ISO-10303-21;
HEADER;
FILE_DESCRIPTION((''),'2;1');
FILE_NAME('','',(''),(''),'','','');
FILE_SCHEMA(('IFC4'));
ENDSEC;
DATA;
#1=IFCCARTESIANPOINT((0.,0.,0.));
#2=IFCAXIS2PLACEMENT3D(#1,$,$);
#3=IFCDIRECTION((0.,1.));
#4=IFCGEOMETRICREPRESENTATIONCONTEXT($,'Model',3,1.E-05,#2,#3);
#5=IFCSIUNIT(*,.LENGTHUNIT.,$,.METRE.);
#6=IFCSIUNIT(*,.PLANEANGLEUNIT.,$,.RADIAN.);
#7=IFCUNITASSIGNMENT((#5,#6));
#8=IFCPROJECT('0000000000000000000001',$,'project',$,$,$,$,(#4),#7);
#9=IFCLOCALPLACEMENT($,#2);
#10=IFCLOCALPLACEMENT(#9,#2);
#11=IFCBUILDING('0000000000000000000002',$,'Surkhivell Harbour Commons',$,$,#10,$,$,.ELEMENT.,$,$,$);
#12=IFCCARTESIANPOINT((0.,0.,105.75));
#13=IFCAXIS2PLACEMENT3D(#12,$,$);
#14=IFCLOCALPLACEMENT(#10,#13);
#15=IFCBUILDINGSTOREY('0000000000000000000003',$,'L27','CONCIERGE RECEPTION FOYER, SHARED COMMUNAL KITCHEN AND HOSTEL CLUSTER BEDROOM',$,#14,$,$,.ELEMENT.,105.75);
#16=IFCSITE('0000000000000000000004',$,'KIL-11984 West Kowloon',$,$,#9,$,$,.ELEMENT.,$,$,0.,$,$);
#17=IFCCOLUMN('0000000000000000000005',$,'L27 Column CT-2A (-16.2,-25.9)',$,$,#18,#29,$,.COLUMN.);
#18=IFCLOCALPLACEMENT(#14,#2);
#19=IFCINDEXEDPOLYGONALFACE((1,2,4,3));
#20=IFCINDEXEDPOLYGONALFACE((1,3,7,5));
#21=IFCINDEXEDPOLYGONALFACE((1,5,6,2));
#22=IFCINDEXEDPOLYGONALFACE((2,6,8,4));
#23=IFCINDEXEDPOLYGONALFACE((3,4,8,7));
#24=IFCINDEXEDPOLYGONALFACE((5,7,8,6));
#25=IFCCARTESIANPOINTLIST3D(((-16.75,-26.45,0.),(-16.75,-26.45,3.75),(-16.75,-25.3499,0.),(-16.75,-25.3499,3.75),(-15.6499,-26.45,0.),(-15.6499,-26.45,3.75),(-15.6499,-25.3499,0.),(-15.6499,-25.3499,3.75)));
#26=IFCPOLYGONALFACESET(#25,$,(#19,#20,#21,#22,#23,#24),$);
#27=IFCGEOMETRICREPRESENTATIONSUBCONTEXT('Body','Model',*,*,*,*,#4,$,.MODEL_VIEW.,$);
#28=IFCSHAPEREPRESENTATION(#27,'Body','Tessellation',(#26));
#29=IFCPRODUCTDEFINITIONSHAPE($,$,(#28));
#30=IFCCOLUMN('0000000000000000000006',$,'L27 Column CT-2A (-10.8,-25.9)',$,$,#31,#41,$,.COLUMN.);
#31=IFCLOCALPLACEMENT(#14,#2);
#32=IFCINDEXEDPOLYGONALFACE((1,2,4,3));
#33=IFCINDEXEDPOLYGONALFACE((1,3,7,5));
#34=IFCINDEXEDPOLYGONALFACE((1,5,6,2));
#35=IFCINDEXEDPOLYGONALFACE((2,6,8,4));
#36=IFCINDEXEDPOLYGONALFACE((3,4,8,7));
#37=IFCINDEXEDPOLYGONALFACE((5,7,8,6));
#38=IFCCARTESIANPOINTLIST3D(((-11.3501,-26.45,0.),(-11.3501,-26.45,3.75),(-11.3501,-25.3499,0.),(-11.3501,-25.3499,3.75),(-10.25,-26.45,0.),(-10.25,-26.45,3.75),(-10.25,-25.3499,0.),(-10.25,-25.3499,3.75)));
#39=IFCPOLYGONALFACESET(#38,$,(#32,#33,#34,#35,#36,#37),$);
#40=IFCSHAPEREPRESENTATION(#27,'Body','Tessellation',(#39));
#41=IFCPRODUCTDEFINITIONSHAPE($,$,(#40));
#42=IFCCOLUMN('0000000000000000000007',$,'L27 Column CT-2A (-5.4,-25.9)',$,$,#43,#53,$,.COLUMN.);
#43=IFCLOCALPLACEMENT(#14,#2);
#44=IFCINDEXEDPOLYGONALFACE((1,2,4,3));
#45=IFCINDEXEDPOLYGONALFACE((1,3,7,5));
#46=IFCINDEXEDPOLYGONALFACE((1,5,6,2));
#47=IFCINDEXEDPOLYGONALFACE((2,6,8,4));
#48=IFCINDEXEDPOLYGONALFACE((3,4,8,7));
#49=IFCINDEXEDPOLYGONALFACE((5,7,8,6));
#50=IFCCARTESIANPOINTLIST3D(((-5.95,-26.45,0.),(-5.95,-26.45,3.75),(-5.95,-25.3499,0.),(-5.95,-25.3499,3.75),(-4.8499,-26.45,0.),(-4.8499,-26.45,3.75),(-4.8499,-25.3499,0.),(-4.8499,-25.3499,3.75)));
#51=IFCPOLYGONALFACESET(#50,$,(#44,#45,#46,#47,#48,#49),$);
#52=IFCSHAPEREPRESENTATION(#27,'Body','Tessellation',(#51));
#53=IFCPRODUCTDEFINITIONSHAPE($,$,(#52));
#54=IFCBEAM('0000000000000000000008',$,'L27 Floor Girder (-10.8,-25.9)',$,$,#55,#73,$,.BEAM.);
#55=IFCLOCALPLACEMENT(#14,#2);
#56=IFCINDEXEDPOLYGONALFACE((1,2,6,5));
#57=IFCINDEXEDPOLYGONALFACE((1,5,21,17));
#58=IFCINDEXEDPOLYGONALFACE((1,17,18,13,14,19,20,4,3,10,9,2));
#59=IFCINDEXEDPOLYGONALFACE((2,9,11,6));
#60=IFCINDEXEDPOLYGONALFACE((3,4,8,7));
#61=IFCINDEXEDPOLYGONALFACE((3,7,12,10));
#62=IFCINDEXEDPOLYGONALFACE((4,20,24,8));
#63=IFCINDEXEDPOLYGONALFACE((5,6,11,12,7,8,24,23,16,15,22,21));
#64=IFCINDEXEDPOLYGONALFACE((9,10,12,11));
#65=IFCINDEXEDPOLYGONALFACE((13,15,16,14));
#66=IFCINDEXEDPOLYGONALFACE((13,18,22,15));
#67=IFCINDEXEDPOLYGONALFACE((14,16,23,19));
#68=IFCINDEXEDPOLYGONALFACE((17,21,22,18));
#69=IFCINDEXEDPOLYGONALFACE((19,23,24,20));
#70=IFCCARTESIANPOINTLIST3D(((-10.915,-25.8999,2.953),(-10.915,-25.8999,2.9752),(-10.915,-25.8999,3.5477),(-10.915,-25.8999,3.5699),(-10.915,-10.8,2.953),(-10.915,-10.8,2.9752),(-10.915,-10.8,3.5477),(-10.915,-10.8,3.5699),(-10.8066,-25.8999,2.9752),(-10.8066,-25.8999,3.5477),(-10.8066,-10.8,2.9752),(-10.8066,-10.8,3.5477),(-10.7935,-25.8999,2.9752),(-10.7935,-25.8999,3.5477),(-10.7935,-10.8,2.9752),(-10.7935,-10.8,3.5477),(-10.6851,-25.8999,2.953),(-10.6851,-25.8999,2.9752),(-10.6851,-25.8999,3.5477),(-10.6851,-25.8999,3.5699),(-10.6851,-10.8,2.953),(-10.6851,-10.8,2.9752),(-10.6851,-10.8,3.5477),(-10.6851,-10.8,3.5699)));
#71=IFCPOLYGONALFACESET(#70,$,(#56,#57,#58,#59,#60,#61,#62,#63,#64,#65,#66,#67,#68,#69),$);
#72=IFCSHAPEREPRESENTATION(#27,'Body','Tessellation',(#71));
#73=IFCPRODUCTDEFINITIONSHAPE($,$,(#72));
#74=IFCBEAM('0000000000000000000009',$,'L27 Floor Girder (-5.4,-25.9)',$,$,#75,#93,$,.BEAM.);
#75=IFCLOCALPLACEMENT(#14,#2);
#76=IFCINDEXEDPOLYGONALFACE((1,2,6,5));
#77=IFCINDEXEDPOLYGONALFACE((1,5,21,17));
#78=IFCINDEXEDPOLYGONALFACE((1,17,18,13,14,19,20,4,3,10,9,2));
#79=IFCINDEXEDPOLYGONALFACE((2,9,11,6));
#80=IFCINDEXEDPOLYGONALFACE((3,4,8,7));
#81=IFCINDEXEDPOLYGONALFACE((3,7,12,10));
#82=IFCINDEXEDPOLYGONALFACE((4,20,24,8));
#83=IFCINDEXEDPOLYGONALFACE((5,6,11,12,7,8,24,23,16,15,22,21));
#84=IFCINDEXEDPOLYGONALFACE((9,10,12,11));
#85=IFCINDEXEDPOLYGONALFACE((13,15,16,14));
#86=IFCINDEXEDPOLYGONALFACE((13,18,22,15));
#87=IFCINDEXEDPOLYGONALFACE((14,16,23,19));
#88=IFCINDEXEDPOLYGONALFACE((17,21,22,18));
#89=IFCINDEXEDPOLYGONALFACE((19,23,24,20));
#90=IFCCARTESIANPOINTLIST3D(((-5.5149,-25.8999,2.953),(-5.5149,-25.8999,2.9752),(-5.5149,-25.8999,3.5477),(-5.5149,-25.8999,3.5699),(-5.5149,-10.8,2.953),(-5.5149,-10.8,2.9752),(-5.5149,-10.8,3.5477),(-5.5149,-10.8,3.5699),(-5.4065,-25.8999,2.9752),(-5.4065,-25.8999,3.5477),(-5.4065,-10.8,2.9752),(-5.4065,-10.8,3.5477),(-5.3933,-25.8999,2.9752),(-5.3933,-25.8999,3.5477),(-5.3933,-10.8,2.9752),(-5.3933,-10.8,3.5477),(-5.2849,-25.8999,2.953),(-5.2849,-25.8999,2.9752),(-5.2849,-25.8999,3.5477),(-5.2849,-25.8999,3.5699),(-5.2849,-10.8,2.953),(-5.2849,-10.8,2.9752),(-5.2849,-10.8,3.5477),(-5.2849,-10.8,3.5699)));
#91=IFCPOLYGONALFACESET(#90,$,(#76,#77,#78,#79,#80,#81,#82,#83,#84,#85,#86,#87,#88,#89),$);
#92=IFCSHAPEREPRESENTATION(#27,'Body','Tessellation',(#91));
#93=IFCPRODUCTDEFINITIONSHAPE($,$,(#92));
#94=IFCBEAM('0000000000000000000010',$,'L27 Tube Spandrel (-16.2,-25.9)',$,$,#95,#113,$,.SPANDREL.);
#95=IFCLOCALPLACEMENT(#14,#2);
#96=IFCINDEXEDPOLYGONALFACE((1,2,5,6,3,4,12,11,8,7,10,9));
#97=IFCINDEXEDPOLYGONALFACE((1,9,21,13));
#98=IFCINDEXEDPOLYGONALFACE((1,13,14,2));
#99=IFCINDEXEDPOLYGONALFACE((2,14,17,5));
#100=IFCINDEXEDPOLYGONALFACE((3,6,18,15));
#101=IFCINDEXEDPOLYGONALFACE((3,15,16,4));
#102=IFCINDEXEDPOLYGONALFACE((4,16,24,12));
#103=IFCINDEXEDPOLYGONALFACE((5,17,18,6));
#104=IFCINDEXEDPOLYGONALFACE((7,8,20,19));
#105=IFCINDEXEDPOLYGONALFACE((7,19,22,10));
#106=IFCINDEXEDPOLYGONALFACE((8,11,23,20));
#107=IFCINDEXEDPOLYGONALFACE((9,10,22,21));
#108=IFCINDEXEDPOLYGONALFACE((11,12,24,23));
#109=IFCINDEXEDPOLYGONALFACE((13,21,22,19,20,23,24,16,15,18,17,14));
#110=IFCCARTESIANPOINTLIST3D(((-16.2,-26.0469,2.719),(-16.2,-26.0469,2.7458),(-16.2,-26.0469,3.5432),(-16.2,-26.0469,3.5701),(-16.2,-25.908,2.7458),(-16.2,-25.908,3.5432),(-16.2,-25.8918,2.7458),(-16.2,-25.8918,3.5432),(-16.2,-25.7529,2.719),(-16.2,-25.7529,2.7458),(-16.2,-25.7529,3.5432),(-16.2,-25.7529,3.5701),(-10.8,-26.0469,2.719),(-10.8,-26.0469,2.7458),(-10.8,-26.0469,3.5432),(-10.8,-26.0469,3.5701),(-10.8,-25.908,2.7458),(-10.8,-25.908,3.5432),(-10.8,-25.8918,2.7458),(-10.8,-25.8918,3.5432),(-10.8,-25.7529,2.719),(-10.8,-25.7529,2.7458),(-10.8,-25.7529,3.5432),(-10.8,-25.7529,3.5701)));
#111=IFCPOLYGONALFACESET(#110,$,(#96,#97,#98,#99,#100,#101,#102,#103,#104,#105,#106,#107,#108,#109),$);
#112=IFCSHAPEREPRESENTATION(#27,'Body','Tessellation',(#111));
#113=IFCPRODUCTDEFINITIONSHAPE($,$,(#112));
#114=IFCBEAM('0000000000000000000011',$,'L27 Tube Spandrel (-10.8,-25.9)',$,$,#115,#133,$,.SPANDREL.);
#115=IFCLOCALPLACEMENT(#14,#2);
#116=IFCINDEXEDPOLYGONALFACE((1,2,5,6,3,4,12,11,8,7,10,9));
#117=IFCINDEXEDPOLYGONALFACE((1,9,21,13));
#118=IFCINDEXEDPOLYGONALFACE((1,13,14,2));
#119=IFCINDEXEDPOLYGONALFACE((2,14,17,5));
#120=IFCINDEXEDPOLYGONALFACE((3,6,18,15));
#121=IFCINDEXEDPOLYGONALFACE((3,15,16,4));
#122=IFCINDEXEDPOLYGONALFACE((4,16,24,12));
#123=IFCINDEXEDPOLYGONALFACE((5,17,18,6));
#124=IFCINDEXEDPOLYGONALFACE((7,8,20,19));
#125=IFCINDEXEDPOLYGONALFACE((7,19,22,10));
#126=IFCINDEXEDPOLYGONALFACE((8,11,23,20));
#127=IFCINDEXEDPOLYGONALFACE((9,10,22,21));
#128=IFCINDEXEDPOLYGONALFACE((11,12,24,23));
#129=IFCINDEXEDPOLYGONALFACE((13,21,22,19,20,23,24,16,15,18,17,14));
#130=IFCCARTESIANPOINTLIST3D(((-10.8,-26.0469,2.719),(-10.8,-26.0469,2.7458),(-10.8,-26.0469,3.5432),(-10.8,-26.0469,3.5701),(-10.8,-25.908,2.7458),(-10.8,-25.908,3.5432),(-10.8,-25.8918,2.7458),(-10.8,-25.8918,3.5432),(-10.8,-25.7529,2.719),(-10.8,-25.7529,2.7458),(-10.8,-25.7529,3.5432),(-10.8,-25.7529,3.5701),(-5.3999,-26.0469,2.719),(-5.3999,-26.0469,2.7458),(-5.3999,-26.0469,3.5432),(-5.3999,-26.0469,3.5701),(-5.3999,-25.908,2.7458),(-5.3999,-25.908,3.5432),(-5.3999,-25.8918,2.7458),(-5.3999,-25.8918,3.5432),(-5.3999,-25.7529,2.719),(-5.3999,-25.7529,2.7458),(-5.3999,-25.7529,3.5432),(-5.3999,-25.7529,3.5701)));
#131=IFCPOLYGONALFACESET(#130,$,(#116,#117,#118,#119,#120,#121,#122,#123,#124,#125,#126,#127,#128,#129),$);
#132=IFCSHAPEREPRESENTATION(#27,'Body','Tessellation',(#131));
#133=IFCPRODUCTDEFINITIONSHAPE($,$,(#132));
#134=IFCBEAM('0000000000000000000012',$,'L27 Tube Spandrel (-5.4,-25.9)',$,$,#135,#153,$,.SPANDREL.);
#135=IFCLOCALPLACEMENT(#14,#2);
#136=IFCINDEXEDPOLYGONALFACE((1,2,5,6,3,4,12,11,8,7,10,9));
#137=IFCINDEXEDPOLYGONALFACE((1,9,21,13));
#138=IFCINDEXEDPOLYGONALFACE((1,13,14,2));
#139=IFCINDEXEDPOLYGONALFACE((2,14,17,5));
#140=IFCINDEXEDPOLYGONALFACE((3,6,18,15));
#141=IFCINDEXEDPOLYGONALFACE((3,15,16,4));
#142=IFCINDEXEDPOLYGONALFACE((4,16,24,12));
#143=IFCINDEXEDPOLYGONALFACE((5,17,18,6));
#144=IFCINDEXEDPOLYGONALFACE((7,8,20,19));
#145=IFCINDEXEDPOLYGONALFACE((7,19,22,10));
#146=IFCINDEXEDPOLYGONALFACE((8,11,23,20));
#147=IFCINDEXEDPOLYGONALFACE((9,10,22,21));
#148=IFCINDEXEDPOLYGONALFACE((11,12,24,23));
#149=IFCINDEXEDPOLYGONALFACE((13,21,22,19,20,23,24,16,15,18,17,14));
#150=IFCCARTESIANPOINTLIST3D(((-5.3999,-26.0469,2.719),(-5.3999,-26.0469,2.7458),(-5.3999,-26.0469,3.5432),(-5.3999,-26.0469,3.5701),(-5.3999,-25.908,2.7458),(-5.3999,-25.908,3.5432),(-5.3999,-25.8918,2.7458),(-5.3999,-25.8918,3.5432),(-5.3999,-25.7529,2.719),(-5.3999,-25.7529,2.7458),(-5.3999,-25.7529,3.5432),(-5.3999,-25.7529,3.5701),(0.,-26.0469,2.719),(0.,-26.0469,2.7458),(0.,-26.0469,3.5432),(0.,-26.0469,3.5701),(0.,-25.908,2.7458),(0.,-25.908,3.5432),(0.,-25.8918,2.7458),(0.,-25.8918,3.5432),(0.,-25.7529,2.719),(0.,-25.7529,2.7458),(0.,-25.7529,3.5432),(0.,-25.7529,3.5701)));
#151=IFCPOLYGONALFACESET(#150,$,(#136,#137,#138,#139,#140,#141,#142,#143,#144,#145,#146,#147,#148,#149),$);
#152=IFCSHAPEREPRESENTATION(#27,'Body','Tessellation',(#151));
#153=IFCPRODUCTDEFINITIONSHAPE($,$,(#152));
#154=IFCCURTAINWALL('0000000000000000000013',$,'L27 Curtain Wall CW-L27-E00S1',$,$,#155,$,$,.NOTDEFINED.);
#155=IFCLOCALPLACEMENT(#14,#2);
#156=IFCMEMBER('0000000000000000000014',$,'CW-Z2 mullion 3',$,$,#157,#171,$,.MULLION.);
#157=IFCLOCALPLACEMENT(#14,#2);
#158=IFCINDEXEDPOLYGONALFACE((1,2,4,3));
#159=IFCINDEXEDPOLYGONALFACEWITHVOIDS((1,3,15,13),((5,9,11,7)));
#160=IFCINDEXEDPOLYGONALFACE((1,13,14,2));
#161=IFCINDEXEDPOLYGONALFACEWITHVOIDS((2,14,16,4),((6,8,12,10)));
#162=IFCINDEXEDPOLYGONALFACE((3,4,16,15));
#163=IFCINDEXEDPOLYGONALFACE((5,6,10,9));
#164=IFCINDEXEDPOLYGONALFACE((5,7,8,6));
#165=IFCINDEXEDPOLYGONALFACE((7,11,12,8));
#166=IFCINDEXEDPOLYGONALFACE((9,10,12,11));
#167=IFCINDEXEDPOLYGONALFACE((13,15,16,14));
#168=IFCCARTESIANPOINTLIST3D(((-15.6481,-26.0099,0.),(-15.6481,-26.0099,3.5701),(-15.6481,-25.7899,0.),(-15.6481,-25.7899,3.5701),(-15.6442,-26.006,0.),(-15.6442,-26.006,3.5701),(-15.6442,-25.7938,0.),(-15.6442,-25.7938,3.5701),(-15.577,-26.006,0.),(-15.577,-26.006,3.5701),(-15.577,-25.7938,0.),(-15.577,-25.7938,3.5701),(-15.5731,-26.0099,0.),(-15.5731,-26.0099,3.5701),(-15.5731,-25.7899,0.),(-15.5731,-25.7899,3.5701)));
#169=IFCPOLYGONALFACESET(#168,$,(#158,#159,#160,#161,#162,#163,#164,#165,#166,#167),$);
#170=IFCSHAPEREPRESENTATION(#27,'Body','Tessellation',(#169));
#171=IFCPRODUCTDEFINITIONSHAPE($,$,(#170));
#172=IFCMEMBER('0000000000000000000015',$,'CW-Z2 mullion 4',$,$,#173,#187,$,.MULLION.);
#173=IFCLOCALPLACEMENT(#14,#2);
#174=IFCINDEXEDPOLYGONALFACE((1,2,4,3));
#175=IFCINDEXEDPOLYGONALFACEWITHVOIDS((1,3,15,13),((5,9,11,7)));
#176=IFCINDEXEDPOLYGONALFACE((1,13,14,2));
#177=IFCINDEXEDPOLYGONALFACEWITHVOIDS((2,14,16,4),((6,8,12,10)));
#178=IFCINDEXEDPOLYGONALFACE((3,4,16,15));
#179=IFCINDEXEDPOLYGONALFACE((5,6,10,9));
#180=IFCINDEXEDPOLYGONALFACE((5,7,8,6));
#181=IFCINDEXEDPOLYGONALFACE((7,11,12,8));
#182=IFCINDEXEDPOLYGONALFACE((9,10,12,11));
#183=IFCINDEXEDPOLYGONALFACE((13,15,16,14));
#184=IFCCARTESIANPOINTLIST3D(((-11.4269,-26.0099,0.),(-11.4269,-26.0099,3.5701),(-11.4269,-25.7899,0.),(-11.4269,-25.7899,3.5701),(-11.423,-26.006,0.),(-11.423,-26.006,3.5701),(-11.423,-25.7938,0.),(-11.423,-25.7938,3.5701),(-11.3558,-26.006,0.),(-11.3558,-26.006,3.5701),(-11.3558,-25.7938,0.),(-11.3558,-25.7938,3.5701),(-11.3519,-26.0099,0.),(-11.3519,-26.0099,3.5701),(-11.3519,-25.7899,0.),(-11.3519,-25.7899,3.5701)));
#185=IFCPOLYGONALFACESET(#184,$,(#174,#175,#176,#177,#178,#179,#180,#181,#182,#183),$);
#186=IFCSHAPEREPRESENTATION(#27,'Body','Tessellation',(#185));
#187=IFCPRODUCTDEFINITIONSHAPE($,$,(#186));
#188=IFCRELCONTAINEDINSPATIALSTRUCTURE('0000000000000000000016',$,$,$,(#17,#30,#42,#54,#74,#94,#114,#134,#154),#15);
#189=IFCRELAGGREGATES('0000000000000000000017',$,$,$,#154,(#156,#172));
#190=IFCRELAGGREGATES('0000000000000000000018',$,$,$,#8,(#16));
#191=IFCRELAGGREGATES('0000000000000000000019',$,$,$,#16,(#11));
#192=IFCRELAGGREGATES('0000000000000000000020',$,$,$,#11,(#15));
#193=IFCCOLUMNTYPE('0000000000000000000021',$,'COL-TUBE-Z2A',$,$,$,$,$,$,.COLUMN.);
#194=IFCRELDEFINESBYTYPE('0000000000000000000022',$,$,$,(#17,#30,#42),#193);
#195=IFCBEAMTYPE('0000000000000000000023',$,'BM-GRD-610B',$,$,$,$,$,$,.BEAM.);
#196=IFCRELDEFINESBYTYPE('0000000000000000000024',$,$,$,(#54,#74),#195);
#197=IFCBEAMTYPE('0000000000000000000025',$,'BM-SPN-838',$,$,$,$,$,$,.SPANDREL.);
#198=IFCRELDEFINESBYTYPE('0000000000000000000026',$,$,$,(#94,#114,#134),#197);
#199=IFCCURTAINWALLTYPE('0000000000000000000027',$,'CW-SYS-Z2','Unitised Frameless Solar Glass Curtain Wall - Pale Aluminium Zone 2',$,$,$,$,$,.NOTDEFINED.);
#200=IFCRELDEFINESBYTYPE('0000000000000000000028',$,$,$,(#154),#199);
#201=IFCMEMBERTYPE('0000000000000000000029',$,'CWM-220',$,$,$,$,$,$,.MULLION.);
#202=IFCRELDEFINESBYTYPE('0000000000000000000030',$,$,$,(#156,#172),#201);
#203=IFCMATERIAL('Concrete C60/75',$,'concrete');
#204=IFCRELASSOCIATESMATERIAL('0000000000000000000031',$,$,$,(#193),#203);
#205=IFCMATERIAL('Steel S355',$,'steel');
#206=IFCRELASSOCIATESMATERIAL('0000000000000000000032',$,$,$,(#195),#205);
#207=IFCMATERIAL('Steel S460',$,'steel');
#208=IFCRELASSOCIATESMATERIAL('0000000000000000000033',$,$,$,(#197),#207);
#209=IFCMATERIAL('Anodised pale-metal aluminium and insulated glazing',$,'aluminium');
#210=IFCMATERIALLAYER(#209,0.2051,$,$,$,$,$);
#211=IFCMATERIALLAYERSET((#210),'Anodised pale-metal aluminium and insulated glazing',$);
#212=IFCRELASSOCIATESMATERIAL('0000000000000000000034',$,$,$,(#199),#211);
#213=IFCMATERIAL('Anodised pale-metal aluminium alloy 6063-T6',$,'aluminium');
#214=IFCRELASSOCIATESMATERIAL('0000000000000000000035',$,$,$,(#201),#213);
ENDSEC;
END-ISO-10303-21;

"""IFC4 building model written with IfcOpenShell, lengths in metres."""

from ifc_helpers import new_model, si_unit, direction, frame, origin, origin_2d, place, context, subcontext, project, spatial, rectangle, hollow_rectangle, i_section, extrude, material, layer, layer_set, material_profile, profile_set, type_object, element, aggregate, save


model = new_model("IFC4")

# Units and contexts
model_context = context("Model", 3, precision=1e-05, world=origin(), true_north=direction((0.0, 1.0)))
body_context = subcontext(model_context, "Body", "Model", "MODEL_VIEW")
ifc_project = project(units=[si_unit("LENGTHUNIT", "METRE"), si_unit("PLANEANGLEUNIT", "RADIAN")], contexts=[model_context])

# Site, building, storey
site_placement = place(None, origin())
site = spatial("IfcSite", under=ifc_project, at=site_placement, Name="KIL-11984 West Kowloon", CompositionType="ELEMENT", RefElevation=0.0)
building_placement = place(site_placement, origin())
building = spatial("IfcBuilding", under=site, at=building_placement, Name="Surkhivell Harbour Commons", CompositionType="ELEMENT")
storey_placement = place(building_placement, frame((0.0, 0.0, 105.75)))
storey = spatial("IfcBuildingStorey", under=building, at=storey_placement, Name="L27", Description="CONCIERGE RECEPTION FOYER, SHARED COMMUNAL KITCHEN AND HOSTEL CLUSTER BEDROOM", CompositionType="ELEMENT", Elevation=105.75)

# Columns
ifc_material_1 = material(Name="Concrete C60/75", Category="concrete")
ifc_material_profile_1 = material_profile(ifc_material_1, rectangle(XDim=1.1001, YDim=1.1001, at=origin_2d()), Name="RC-COL-1100x1100")
ifc_profile_set_1 = profile_set([ifc_material_profile_1], Name="Concrete C60/75")
column_type = type_object("IfcColumnType", Name="COL-TUBE-Z2A", PredefinedType="COLUMN", material=ifc_profile_set_1)
for number, where, z_axis, x_axis, name in (
    (1, (-16.2, -25.8999, 0.0), (0.0, 0.0, 1.0), (1.0, 0.0, 0.0), "L27 Column CT-2A (-16.2,-25.9)"),
    (2, (-10.8, -25.8999, 0.0), (0.0, 0.0, 1.0), (1.0, 0.0, 0.0), "L27 Column CT-2A (-10.8,-25.9)"),
    (3, (-5.3999, -25.8999, 0.0), (0.0, 0.0, 1.0), (1.0, 0.0, 0.0), "L27 Column CT-2A (-5.4,-25.9)"),
):
    element("IfcColumn", number, at=place(storey_placement, frame(where, z_axis=z_axis, x_axis=x_axis)), inside=storey, type_object=column_type, Name=name, PredefinedType="COLUMN", context=body_context, shape_type="SweptSolid", body=[
        extrude(rectangle(XDim=1.1001, YDim=1.1001, at=origin_2d()), origin(), (0.0, 0.0, 1.0), 3.75),
    ])

# Beams
ifc_material_2 = material(Name="Steel S355", Category="steel")
ifc_material_profile_2 = material_profile(ifc_material_2, i_section(OverallWidth=0.23, OverallDepth=0.6169, WebThickness=0.0132, FlangeThickness=0.0222, at=origin_2d()), Name="UB610x229x140")
ifc_profile_set_2 = profile_set([ifc_material_profile_2], Name="Steel S355")
beam_type_1 = type_object("IfcBeamType", Name="BM-GRD-610B", PredefinedType="BEAM", material=ifc_profile_set_2)
for number, where, z_axis, x_axis, name in (
    (4, (-10.8, -25.8999, 3.2615), (0.0, 1.0, 0.0), (-1.0, 0.0, 0.0), "L27 Floor Girder (-10.8,-25.9)"),
    (5, (-5.3999, -25.8999, 3.2615), (0.0, 1.0, 0.0), (-1.0, 0.0, 0.0), "L27 Floor Girder (-5.4,-25.9)"),
):
    element("IfcBeam", number, at=place(storey_placement, frame(where, z_axis=z_axis, x_axis=x_axis)), inside=storey, type_object=beam_type_1, Name=name, PredefinedType="BEAM", context=body_context, shape_type="SweptSolid", body=[
        extrude(i_section(OverallWidth=0.23, OverallDepth=0.6169, WebThickness=0.0132, FlangeThickness=0.0222, at=origin_2d()), origin(), (0.0, 0.0, 1.0), 15.0999),
    ])
ifc_material_3 = material(Name="Steel S460", Category="steel")
ifc_material_profile_3 = material_profile(ifc_material_3, i_section(OverallWidth=0.2939, OverallDepth=0.8511, WebThickness=0.0161, FlangeThickness=0.0269, at=origin_2d()), Name="UB838x292x226")
ifc_profile_set_3 = profile_set([ifc_material_profile_3], Name="Steel S460")
beam_type_2 = type_object("IfcBeamType", Name="BM-SPN-838", PredefinedType="SPANDREL", material=ifc_profile_set_3)
beam_1_placement = place(storey_placement, frame((-16.2, -25.8999, 3.1445), z_axis=(1.0, 0.0, 0.0), x_axis=(0.0, 1.0, 0.0)))
element("IfcBeam", 6, at=beam_1_placement, inside=storey, type_object=beam_type_2, Name="L27 Tube Spandrel (-16.2,-25.9)", PredefinedType="SPANDREL", context=body_context, shape_type="SweptSolid", body=[
    extrude(i_section(OverallWidth=0.2939, OverallDepth=0.8511, WebThickness=0.0161, FlangeThickness=0.0269, at=origin_2d()), origin(), (0.0, 0.0, 1.0), 5.3999),
])
beam_2_placement = place(storey_placement, frame((-10.8, -25.8999, 3.1445), z_axis=(1.0, 0.0, 0.0), x_axis=(0.0, 1.0, 0.0)))
element("IfcBeam", 7, at=beam_2_placement, inside=storey, type_object=beam_type_2, Name="L27 Tube Spandrel (-10.8,-25.9)", PredefinedType="SPANDREL", context=body_context, shape_type="SweptSolid", body=[
    extrude(i_section(OverallWidth=0.2939, OverallDepth=0.8511, WebThickness=0.0161, FlangeThickness=0.0269, at=origin_2d()), origin(), (0.0, 0.0, 1.0), 5.4001),
])
beam_3_placement = place(storey_placement, frame((-5.3999, -25.8999, 3.1445), z_axis=(1.0, 0.0, 0.0), x_axis=(0.0, 1.0, 0.0)))
element("IfcBeam", 8, at=beam_3_placement, inside=storey, type_object=beam_type_2, Name="L27 Tube Spandrel (-5.4,-25.9)", PredefinedType="SPANDREL", context=body_context, shape_type="SweptSolid", body=[
    extrude(i_section(OverallWidth=0.2939, OverallDepth=0.8511, WebThickness=0.0161, FlangeThickness=0.0269, at=origin_2d()), origin(), (0.0, 0.0, 1.0), 5.3999),
])

# Curtain wall, members
ifc_material_4 = material(Name="Anodised pale-metal aluminium and insulated glazing", Category="aluminium")
ifc_layer_1 = layer(ifc_material_4, 0.2051)
ifc_layer_set_1 = layer_set([ifc_layer_1], Name="Anodised pale-metal aluminium and insulated glazing")
curtain_wall_type = type_object("IfcCurtainWallType", Name="CW-SYS-Z2", Description="Unitised Frameless Solar Glass Curtain Wall - Pale Aluminium Zone 2", PredefinedType="NOTDEFINED", material=ifc_layer_set_1)
curtain_wall_1_placement = place(storey_placement, origin())
curtain_wall_1 = element("IfcCurtainWall", 9, at=curtain_wall_1_placement, inside=storey, type_object=curtain_wall_type, Name="L27 Curtain Wall CW-L27-E00S1", PredefinedType="NOTDEFINED")
ifc_material_5 = material(Name="Anodised pale-metal aluminium alloy 6063-T6", Category="aluminium")
ifc_material_profile_4 = material_profile(ifc_material_5, hollow_rectangle(XDim=0.075, YDim=0.22, WallThickness=0.0039, at=origin_2d()), Name="ALU-MULL-75x220")
ifc_profile_set_4 = profile_set([ifc_material_profile_4], Name="Anodised pale-metal aluminium alloy 6063-T6")
member_type_1 = type_object("IfcMemberType", Name="CWM-220", PredefinedType="MULLION", material=ifc_profile_set_4)
member_1_placement = place(storey_placement, frame((-15.6106, -25.8999, 0.0), z_axis=(0.0, 0.0, 1.0), x_axis=(1.0, 0.0, 0.0)))
member_1 = element("IfcMember", 10, at=member_1_placement, type_object=member_type_1, Name="CW-Z2 mullion 3", PredefinedType="MULLION", context=body_context, shape_type="SweptSolid", body=[
    extrude(hollow_rectangle(XDim=0.075, YDim=0.22, WallThickness=0.0039, at=origin_2d()), origin(), (0.0, 0.0, 1.0), 3.5701),
])
member_2_placement = place(storey_placement, frame((-11.3894, -25.8999, 0.0), z_axis=(0.0, 0.0, 1.0), x_axis=(1.0, 0.0, 0.0)))
member_2 = element("IfcMember", 11, at=member_2_placement, type_object=member_type_1, Name="CW-Z2 mullion 4", PredefinedType="MULLION", context=body_context, shape_type="SweptSolid", body=[
    extrude(hollow_rectangle(XDim=0.075, YDim=0.22, WallThickness=0.0039, at=origin_2d()), origin(), (0.0, 0.0, 1.0), 3.5701),
])

aggregate(curtain_wall_1, [member_1, member_2])

save(model, "model.ifc")
